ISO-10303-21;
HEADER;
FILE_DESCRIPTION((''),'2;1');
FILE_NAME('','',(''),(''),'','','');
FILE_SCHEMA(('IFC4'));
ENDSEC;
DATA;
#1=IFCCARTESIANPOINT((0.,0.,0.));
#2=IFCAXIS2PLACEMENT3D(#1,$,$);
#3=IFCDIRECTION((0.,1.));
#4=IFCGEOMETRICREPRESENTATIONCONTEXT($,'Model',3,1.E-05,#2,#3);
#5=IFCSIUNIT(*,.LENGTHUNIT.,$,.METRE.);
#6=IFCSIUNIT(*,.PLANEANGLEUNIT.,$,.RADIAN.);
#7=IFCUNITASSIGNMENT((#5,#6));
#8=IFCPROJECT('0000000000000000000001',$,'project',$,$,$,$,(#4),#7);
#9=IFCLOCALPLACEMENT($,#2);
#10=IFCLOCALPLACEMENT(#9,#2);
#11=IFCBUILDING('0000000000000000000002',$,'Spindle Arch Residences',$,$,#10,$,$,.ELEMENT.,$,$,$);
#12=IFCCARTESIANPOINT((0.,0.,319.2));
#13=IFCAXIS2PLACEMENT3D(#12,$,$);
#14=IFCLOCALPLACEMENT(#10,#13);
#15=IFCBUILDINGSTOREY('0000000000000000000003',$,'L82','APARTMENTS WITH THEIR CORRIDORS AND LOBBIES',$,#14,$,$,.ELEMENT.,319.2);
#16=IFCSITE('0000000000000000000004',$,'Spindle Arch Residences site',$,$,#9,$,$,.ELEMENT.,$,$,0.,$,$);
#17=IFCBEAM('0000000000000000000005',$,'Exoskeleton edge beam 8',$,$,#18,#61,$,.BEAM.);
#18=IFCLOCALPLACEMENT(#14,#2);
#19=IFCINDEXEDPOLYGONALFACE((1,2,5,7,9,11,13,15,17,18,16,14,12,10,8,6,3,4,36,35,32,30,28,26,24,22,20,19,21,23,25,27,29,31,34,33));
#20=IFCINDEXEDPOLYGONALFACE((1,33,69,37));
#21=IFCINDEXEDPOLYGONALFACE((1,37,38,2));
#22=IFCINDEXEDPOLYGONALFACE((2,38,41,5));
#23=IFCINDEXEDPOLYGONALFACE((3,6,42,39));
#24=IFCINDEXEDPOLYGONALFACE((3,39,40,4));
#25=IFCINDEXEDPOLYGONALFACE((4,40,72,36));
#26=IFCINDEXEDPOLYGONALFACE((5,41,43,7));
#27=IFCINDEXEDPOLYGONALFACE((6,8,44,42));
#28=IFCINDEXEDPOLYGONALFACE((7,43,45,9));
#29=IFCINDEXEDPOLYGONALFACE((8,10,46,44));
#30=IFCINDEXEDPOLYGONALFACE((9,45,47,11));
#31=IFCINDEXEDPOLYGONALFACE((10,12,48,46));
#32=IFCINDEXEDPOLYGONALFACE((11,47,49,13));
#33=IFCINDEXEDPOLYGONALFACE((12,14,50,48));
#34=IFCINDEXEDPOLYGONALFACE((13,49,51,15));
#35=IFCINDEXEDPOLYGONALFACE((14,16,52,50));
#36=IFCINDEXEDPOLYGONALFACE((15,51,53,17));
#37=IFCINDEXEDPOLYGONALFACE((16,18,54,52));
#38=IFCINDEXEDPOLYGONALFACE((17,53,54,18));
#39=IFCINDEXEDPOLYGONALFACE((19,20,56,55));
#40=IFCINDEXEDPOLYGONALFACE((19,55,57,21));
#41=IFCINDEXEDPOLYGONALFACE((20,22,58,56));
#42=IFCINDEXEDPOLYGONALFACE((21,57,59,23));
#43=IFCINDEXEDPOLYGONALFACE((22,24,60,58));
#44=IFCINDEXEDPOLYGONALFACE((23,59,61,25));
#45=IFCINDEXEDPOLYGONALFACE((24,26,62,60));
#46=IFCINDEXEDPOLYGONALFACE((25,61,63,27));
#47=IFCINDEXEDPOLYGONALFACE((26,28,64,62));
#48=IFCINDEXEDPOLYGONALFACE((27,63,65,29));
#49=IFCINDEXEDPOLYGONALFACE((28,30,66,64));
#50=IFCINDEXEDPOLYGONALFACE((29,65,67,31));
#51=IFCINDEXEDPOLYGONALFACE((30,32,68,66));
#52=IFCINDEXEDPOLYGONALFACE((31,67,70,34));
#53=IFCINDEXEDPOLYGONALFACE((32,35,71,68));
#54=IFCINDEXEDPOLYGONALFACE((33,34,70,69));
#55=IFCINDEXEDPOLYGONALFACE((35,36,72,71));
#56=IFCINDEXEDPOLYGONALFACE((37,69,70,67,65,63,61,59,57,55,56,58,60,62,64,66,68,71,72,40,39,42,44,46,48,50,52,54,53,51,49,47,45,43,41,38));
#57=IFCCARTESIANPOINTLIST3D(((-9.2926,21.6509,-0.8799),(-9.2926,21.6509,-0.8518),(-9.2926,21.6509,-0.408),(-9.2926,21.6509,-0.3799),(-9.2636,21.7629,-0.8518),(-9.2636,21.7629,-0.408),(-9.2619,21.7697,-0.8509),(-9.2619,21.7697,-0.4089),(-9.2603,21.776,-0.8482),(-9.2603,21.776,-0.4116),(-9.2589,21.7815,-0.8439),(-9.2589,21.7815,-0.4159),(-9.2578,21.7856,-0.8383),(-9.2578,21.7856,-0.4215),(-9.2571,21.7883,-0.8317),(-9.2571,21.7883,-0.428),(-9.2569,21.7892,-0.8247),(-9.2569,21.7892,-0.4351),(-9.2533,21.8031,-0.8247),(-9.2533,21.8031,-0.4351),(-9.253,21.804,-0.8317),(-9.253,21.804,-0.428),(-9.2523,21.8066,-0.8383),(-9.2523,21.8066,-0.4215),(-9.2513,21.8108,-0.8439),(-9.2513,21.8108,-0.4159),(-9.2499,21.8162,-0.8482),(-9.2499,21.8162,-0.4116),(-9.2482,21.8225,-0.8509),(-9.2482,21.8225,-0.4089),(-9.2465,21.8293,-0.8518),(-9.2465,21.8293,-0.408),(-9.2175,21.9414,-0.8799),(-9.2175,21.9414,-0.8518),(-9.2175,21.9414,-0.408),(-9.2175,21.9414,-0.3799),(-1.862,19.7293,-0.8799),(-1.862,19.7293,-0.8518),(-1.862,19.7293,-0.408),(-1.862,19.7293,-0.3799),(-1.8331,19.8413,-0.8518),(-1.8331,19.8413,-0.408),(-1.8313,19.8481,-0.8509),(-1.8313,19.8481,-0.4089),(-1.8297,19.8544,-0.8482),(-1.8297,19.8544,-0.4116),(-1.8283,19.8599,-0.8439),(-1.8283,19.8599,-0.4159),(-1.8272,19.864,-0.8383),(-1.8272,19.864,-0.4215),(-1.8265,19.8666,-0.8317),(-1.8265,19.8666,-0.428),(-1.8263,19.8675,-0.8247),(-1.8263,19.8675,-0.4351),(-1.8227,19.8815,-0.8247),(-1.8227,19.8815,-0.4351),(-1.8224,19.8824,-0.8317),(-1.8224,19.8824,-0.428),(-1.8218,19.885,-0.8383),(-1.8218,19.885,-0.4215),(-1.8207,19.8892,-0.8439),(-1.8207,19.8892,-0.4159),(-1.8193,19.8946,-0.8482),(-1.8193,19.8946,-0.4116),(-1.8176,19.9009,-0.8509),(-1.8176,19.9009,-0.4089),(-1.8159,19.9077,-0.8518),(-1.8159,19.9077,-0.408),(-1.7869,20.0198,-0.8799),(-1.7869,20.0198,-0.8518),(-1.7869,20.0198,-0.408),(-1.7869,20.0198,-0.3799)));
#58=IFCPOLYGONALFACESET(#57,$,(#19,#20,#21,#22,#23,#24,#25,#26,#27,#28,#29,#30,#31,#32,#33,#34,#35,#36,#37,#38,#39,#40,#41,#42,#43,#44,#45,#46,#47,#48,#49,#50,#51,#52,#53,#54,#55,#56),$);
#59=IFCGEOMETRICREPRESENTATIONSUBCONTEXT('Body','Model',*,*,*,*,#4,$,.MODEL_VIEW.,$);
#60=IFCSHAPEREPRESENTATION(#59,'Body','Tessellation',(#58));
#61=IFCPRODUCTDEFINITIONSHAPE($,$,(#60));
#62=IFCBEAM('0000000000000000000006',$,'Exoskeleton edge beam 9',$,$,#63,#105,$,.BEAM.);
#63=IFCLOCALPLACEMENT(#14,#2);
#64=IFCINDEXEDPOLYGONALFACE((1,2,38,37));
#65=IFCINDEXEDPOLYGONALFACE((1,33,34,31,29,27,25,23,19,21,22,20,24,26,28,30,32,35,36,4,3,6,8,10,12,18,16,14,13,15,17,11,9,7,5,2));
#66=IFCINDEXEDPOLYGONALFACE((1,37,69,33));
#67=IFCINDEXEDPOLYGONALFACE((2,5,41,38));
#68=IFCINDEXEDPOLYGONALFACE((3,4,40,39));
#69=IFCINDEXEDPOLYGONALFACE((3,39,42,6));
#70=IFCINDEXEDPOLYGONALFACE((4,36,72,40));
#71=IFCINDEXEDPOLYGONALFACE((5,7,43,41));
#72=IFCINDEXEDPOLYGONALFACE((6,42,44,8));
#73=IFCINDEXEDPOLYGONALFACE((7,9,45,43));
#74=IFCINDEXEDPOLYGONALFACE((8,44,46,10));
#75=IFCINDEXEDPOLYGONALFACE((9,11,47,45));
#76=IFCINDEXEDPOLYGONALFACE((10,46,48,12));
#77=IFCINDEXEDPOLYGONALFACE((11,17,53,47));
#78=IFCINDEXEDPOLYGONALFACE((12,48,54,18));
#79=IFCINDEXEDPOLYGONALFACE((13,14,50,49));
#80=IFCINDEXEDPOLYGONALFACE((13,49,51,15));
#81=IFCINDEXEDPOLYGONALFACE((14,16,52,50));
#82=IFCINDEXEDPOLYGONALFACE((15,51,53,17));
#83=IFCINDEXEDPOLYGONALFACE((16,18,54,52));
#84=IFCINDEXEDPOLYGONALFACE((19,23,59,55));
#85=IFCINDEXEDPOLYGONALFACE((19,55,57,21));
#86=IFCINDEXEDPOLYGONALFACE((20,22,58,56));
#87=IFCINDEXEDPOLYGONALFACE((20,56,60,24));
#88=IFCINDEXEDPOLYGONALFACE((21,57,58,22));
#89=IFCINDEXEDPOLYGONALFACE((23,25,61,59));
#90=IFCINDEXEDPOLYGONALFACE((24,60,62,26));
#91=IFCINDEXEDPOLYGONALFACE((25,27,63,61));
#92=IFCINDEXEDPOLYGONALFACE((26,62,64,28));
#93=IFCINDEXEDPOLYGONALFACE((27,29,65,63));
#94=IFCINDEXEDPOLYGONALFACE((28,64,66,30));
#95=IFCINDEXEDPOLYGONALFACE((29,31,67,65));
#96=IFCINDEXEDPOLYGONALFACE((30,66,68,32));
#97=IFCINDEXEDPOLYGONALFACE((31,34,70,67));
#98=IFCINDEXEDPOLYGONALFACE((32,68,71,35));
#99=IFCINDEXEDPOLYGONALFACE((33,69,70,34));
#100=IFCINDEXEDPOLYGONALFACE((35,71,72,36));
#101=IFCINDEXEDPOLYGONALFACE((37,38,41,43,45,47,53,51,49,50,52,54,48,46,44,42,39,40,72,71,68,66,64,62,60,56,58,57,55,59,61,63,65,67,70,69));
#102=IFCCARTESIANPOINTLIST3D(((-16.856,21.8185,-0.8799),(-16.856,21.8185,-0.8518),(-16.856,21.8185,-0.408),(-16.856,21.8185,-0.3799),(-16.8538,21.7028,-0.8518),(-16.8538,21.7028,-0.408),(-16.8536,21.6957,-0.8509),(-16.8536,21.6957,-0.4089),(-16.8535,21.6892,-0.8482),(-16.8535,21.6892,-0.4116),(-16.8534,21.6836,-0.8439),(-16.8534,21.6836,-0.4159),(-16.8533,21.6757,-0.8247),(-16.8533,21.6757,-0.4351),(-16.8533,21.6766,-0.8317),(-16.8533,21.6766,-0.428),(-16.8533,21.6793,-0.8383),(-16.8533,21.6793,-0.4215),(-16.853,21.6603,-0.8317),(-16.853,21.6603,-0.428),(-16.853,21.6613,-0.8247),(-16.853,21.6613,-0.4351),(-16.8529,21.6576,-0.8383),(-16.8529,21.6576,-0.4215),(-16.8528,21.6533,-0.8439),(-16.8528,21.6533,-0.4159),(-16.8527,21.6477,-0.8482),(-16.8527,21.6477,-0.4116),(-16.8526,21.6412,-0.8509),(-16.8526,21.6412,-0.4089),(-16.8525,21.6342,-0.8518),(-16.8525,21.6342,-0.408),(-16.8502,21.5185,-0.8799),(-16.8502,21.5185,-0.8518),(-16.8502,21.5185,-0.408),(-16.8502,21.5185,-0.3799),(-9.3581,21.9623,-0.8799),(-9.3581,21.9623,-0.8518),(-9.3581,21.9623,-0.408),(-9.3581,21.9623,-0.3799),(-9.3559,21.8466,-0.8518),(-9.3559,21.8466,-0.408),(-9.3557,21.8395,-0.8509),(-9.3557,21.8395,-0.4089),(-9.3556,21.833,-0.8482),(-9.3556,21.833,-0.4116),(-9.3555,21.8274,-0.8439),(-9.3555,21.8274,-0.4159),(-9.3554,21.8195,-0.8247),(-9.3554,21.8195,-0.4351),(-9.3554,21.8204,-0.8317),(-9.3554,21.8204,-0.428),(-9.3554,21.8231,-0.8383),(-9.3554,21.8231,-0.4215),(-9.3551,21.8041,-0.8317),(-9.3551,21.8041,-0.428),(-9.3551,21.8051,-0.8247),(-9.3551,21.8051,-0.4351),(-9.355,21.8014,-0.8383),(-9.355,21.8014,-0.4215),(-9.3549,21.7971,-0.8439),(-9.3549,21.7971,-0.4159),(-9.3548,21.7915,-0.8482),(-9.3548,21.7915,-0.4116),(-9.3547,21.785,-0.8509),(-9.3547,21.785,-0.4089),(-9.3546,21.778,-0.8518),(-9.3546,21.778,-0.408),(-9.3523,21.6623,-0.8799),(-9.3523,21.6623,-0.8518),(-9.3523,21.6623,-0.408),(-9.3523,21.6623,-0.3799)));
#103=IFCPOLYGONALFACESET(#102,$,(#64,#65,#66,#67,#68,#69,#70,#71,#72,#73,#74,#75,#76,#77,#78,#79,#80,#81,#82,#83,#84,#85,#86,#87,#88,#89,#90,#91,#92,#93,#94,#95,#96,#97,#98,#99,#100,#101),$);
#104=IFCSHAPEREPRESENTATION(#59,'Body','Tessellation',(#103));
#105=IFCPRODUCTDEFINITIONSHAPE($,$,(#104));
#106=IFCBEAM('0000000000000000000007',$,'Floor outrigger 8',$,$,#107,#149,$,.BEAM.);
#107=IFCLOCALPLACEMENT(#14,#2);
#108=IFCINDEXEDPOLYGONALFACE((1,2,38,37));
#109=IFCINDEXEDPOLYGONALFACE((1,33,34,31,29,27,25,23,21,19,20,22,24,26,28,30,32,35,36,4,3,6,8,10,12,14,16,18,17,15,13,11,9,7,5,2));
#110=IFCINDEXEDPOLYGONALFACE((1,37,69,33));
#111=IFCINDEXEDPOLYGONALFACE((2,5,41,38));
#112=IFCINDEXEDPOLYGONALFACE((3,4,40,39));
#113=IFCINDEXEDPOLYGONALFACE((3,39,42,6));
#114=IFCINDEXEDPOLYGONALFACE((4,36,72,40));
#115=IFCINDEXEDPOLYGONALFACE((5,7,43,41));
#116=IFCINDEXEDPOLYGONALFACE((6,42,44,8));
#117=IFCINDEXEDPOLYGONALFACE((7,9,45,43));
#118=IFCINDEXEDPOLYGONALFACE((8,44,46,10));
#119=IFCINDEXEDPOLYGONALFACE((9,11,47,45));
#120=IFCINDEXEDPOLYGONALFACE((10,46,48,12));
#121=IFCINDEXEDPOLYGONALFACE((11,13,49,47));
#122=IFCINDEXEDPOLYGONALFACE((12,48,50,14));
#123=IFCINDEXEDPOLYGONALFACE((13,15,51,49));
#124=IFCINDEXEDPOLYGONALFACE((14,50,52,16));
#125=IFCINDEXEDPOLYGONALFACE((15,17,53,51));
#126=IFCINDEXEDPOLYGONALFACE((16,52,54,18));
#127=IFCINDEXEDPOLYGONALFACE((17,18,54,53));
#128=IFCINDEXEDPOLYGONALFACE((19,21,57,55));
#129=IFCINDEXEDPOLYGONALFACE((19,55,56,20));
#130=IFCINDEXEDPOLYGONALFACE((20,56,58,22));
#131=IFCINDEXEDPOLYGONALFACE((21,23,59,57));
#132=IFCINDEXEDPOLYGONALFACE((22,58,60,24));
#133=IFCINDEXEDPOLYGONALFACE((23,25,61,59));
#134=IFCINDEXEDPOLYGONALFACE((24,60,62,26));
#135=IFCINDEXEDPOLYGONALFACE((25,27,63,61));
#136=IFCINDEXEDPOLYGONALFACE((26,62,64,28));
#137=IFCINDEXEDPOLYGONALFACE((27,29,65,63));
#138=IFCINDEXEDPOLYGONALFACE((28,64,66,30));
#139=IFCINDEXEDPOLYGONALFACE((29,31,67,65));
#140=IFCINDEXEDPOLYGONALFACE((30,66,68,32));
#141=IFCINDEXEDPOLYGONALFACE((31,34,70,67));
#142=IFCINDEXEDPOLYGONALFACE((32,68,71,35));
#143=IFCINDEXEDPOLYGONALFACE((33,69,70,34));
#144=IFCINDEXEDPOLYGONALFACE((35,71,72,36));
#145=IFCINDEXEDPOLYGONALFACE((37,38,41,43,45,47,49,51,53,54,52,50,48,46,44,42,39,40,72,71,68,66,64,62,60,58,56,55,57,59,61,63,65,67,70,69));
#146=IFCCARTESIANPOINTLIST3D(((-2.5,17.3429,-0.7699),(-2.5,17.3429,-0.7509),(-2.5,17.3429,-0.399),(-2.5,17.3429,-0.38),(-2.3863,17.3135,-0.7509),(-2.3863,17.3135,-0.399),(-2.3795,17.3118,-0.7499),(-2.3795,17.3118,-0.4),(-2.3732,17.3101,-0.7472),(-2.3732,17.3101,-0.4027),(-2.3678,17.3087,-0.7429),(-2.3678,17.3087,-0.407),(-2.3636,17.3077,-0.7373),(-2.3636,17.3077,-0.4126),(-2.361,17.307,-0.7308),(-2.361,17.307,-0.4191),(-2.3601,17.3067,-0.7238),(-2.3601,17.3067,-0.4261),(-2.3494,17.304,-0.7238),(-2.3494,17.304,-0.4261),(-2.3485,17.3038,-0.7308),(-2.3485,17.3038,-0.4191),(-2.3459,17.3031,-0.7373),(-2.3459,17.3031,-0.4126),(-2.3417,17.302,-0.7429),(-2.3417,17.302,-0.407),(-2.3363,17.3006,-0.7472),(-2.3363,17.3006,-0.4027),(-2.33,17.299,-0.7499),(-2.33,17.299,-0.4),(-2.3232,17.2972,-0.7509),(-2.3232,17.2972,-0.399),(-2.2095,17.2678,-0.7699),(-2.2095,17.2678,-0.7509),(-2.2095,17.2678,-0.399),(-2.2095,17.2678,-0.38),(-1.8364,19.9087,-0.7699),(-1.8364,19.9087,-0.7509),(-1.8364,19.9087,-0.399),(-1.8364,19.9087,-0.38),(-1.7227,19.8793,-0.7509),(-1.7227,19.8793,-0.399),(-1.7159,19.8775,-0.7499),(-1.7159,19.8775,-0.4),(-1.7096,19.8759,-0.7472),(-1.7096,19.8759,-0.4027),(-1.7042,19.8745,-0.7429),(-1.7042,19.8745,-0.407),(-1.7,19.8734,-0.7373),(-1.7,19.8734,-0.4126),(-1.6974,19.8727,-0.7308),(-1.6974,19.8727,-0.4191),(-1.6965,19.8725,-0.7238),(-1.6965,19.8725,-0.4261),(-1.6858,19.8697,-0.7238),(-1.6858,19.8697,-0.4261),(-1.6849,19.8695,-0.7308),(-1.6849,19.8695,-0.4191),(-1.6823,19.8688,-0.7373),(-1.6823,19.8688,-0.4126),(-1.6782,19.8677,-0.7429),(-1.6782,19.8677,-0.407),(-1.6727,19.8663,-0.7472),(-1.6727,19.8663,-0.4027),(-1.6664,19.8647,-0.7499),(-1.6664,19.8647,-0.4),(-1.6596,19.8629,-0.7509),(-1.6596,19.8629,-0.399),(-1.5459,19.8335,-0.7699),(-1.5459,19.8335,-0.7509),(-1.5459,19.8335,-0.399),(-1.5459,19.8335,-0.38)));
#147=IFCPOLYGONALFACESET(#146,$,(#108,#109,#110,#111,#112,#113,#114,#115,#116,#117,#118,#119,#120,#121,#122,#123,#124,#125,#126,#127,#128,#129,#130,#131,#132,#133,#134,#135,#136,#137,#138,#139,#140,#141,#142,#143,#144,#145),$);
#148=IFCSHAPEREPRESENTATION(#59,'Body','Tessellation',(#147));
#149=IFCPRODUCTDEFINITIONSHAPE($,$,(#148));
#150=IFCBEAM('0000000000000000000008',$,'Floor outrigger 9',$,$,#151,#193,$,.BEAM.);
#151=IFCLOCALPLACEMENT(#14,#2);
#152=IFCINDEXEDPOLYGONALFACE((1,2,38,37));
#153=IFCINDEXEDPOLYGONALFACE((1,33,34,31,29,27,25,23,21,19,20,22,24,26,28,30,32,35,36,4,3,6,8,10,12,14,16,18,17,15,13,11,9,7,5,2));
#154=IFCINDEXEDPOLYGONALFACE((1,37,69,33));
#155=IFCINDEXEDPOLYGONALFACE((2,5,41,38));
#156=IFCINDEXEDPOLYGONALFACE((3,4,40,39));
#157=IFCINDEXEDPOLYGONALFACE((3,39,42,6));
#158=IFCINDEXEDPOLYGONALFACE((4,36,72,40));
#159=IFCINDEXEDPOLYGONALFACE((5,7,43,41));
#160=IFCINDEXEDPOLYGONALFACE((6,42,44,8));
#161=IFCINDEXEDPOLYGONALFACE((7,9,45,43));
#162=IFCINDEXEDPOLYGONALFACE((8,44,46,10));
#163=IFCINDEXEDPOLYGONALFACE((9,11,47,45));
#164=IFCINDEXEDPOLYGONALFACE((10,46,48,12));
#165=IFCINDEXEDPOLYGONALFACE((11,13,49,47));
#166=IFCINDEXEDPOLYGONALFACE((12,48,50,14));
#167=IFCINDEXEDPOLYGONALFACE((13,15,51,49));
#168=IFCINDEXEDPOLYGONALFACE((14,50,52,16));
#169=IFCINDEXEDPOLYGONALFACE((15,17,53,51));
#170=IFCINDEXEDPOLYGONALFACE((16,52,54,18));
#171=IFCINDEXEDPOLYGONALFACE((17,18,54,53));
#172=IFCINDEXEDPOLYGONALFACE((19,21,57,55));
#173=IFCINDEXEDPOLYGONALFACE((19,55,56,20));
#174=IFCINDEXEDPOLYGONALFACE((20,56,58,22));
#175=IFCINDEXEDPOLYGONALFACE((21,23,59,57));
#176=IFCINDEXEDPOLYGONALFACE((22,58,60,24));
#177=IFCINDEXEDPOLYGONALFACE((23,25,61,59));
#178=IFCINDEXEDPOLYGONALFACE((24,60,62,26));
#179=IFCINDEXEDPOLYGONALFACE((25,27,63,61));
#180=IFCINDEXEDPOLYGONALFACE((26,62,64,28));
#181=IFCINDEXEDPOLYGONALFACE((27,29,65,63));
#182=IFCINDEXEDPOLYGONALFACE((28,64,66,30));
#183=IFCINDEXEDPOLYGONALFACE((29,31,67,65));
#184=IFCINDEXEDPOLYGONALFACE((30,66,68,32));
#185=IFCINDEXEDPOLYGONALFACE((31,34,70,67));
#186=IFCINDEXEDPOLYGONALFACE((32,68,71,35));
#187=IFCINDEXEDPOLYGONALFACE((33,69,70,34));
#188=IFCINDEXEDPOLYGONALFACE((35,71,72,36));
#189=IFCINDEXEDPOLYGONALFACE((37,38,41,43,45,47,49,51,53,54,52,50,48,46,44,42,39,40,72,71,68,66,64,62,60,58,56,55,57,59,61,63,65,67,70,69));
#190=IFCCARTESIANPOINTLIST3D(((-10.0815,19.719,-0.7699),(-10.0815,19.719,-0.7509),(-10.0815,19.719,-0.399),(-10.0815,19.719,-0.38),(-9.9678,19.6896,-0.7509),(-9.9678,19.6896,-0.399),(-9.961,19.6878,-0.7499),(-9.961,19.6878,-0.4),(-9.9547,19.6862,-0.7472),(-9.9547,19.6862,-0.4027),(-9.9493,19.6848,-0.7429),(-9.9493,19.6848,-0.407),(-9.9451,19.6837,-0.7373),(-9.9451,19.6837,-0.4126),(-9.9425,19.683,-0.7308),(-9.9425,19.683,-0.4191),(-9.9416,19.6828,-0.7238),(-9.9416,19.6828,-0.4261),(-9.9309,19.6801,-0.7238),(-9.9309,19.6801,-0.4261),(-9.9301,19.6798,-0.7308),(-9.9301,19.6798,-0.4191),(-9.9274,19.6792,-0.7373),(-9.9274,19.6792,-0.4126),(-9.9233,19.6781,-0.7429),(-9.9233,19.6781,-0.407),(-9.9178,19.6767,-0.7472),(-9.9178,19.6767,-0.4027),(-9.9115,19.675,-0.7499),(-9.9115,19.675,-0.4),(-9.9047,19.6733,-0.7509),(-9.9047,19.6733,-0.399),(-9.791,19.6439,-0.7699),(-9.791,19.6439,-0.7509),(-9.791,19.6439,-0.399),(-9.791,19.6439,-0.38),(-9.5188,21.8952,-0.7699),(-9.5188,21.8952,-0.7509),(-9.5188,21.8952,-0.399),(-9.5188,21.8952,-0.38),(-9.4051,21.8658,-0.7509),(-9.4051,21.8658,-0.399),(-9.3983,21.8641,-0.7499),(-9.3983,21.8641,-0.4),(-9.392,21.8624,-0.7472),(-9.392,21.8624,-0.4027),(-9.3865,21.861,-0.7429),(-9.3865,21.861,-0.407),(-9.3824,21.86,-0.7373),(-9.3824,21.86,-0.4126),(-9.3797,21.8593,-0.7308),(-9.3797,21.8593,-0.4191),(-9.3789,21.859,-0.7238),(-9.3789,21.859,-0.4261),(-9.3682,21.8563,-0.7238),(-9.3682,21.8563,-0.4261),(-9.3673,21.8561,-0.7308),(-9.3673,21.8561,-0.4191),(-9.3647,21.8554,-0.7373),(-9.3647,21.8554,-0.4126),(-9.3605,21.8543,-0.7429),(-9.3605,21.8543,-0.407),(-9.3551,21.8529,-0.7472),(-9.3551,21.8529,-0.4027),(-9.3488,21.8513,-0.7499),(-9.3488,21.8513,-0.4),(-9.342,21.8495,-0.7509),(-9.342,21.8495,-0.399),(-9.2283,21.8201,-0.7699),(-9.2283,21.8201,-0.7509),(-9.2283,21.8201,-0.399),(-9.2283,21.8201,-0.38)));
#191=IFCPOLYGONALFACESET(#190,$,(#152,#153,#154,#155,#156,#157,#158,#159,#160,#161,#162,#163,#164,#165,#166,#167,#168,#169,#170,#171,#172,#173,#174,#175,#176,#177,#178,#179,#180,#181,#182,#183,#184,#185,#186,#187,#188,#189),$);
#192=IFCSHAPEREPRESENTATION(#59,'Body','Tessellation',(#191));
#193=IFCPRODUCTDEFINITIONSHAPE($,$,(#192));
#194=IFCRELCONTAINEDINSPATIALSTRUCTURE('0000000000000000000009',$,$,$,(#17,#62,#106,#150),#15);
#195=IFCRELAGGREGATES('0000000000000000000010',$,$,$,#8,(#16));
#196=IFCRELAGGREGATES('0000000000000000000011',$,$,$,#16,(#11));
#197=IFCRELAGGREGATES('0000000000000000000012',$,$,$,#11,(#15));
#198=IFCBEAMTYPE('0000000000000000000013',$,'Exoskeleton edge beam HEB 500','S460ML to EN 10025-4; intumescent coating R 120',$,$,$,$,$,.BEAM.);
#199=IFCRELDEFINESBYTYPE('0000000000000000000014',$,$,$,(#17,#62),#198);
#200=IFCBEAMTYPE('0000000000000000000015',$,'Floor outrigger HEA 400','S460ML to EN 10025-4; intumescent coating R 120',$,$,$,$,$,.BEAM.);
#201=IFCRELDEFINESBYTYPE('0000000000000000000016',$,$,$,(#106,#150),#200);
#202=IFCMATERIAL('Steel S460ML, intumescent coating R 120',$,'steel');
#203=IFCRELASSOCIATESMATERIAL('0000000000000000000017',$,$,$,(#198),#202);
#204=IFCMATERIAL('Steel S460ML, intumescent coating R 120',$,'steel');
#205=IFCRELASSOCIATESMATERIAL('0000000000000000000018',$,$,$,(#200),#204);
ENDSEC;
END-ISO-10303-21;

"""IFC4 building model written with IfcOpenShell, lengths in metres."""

from ifc_helpers import new_model, si_unit, direction, frame, origin, origin_2d, place, context, subcontext, project, spatial, i_section, extrude, material, material_profile, profile_set, type_object, element, save


model = new_model("IFC4")

# Units and contexts
model_context = context("Model", 3, precision=1e-05, world=origin(), true_north=direction((0.0, 1.0)))
body_context = subcontext(model_context, "Body", "Model", "MODEL_VIEW")
ifc_project = project(units=[si_unit("LENGTHUNIT", "METRE"), si_unit("PLANEANGLEUNIT", "RADIAN")], contexts=[model_context])

# Site, building, storey
site_placement = place(None, origin())
site = spatial("IfcSite", under=ifc_project, at=site_placement, Name="Spindle Arch Residences site", CompositionType="ELEMENT", RefElevation=0.0)
building_placement = place(site_placement, origin())
building = spatial("IfcBuilding", under=site, at=building_placement, Name="Spindle Arch Residences", CompositionType="ELEMENT")
storey_placement = place(building_placement, frame((0.0, 0.0, 319.2)))
storey = spatial("IfcBuildingStorey", under=building, at=storey_placement, Name="L82", Description="APARTMENTS WITH THEIR CORRIDORS AND LOBBIES", CompositionType="ELEMENT", Elevation=319.2)

# Beams
ifc_material_1 = material(Name="Steel S460ML, intumescent coating R 120", Category="steel")
ifc_material_profile_1 = material_profile(ifc_material_1, i_section(OverallWidth=0.3, OverallDepth=0.5, WebThickness=0.0144, FlangeThickness=0.0281, FilletRadius=0.0271, at=origin_2d()), Name="HEB 500")
ifc_profile_set_1 = profile_set([ifc_material_profile_1], Name="Steel S460ML, intumescent coating R 120")
beam_type_1 = type_object("IfcBeamType", Name="Exoskeleton edge beam HEB 500", Description="S460ML to EN 10025-4; intumescent coating R 120", PredefinedType="BEAM", material=ifc_profile_set_1)
beam_1_placement = place(storey_placement, frame((-1.8245, 19.8745, -0.6299), z_axis=(-0.96815, 0.250372, 0.0), x_axis=(-0.250372, -0.96815, 0.0)))
element("IfcBeam", 1, at=beam_1_placement, inside=storey, type_object=beam_type_1, Name="Exoskeleton edge beam 8", PredefinedType="BEAM", context=body_context, shape_type="SweptSolid", body=[
    extrude(i_section(OverallWidth=0.3, OverallDepth=0.5, WebThickness=0.0144, FlangeThickness=0.0281, FilletRadius=0.0271, at=origin_2d()), origin(), (0.0, 0.0, 1.0), 7.675),
])
beam_2_placement = place(storey_placement, frame((-9.3552, 21.8123, -0.6299), z_axis=(-0.999816, -0.019175, 0.0), x_axis=(0.019175, -0.999816, 0.0)))
element("IfcBeam", 2, at=beam_2_placement, inside=storey, type_object=beam_type_1, Name="Exoskeleton edge beam 9", PredefinedType="BEAM", context=body_context, shape_type="SweptSolid", body=[
    extrude(i_section(OverallWidth=0.3, OverallDepth=0.5, WebThickness=0.0144, FlangeThickness=0.0281, FilletRadius=0.0271, at=origin_2d()), origin(), (0.0, 0.0, 1.0), 7.4993),
])
ifc_material_2 = material(Name="Steel S460ML, intumescent coating R 120", Category="steel")
ifc_material_profile_2 = material_profile(ifc_material_2, i_section(OverallWidth=0.3, OverallDepth=0.3899, WebThickness=0.011, FlangeThickness=0.019, FilletRadius=0.0271, at=origin_2d()), Name="HEA 400")
ifc_profile_set_2 = profile_set([ifc_material_profile_2], Name="Steel S460ML, intumescent coating R 120")
beam_type_2 = type_object("IfcBeamType", Name="Floor outrigger HEA 400", Description="S460ML to EN 10025-4; intumescent coating R 120", PredefinedType="BEAM", material=ifc_profile_set_2)
beam_3_placement = place(storey_placement, frame((-1.6912, 19.8711, -0.575), z_axis=(-0.250396, -0.968143, 0.0), x_axis=(0.968143, -0.250396, 0.0)))
element("IfcBeam", 3, at=beam_3_placement, inside=storey, type_object=beam_type_2, Name="Floor outrigger 8", PredefinedType="BEAM", context=body_context, shape_type="SweptSolid", body=[
    extrude(i_section(OverallWidth=0.3, OverallDepth=0.3899, WebThickness=0.011, FlangeThickness=0.019, FilletRadius=0.0271, at=origin_2d()), origin(), (0.0, 0.0, 1.0), 2.6501),
])
beam_4_placement = place(storey_placement, frame((-9.3735, 21.8577, -0.575), z_axis=(-0.250348, -0.968156, 0.0), x_axis=(0.968156, -0.250348, 0.0)))
element("IfcBeam", 4, at=beam_4_placement, inside=storey, type_object=beam_type_2, Name="Floor outrigger 9", PredefinedType="BEAM", context=body_context, shape_type="SweptSolid", body=[
    extrude(i_section(OverallWidth=0.3, OverallDepth=0.3899, WebThickness=0.011, FlangeThickness=0.019, FilletRadius=0.0271, at=origin_2d()), origin(), (0.0, 0.0, 1.0), 2.2478),
])

save(model, "model.ifc")
